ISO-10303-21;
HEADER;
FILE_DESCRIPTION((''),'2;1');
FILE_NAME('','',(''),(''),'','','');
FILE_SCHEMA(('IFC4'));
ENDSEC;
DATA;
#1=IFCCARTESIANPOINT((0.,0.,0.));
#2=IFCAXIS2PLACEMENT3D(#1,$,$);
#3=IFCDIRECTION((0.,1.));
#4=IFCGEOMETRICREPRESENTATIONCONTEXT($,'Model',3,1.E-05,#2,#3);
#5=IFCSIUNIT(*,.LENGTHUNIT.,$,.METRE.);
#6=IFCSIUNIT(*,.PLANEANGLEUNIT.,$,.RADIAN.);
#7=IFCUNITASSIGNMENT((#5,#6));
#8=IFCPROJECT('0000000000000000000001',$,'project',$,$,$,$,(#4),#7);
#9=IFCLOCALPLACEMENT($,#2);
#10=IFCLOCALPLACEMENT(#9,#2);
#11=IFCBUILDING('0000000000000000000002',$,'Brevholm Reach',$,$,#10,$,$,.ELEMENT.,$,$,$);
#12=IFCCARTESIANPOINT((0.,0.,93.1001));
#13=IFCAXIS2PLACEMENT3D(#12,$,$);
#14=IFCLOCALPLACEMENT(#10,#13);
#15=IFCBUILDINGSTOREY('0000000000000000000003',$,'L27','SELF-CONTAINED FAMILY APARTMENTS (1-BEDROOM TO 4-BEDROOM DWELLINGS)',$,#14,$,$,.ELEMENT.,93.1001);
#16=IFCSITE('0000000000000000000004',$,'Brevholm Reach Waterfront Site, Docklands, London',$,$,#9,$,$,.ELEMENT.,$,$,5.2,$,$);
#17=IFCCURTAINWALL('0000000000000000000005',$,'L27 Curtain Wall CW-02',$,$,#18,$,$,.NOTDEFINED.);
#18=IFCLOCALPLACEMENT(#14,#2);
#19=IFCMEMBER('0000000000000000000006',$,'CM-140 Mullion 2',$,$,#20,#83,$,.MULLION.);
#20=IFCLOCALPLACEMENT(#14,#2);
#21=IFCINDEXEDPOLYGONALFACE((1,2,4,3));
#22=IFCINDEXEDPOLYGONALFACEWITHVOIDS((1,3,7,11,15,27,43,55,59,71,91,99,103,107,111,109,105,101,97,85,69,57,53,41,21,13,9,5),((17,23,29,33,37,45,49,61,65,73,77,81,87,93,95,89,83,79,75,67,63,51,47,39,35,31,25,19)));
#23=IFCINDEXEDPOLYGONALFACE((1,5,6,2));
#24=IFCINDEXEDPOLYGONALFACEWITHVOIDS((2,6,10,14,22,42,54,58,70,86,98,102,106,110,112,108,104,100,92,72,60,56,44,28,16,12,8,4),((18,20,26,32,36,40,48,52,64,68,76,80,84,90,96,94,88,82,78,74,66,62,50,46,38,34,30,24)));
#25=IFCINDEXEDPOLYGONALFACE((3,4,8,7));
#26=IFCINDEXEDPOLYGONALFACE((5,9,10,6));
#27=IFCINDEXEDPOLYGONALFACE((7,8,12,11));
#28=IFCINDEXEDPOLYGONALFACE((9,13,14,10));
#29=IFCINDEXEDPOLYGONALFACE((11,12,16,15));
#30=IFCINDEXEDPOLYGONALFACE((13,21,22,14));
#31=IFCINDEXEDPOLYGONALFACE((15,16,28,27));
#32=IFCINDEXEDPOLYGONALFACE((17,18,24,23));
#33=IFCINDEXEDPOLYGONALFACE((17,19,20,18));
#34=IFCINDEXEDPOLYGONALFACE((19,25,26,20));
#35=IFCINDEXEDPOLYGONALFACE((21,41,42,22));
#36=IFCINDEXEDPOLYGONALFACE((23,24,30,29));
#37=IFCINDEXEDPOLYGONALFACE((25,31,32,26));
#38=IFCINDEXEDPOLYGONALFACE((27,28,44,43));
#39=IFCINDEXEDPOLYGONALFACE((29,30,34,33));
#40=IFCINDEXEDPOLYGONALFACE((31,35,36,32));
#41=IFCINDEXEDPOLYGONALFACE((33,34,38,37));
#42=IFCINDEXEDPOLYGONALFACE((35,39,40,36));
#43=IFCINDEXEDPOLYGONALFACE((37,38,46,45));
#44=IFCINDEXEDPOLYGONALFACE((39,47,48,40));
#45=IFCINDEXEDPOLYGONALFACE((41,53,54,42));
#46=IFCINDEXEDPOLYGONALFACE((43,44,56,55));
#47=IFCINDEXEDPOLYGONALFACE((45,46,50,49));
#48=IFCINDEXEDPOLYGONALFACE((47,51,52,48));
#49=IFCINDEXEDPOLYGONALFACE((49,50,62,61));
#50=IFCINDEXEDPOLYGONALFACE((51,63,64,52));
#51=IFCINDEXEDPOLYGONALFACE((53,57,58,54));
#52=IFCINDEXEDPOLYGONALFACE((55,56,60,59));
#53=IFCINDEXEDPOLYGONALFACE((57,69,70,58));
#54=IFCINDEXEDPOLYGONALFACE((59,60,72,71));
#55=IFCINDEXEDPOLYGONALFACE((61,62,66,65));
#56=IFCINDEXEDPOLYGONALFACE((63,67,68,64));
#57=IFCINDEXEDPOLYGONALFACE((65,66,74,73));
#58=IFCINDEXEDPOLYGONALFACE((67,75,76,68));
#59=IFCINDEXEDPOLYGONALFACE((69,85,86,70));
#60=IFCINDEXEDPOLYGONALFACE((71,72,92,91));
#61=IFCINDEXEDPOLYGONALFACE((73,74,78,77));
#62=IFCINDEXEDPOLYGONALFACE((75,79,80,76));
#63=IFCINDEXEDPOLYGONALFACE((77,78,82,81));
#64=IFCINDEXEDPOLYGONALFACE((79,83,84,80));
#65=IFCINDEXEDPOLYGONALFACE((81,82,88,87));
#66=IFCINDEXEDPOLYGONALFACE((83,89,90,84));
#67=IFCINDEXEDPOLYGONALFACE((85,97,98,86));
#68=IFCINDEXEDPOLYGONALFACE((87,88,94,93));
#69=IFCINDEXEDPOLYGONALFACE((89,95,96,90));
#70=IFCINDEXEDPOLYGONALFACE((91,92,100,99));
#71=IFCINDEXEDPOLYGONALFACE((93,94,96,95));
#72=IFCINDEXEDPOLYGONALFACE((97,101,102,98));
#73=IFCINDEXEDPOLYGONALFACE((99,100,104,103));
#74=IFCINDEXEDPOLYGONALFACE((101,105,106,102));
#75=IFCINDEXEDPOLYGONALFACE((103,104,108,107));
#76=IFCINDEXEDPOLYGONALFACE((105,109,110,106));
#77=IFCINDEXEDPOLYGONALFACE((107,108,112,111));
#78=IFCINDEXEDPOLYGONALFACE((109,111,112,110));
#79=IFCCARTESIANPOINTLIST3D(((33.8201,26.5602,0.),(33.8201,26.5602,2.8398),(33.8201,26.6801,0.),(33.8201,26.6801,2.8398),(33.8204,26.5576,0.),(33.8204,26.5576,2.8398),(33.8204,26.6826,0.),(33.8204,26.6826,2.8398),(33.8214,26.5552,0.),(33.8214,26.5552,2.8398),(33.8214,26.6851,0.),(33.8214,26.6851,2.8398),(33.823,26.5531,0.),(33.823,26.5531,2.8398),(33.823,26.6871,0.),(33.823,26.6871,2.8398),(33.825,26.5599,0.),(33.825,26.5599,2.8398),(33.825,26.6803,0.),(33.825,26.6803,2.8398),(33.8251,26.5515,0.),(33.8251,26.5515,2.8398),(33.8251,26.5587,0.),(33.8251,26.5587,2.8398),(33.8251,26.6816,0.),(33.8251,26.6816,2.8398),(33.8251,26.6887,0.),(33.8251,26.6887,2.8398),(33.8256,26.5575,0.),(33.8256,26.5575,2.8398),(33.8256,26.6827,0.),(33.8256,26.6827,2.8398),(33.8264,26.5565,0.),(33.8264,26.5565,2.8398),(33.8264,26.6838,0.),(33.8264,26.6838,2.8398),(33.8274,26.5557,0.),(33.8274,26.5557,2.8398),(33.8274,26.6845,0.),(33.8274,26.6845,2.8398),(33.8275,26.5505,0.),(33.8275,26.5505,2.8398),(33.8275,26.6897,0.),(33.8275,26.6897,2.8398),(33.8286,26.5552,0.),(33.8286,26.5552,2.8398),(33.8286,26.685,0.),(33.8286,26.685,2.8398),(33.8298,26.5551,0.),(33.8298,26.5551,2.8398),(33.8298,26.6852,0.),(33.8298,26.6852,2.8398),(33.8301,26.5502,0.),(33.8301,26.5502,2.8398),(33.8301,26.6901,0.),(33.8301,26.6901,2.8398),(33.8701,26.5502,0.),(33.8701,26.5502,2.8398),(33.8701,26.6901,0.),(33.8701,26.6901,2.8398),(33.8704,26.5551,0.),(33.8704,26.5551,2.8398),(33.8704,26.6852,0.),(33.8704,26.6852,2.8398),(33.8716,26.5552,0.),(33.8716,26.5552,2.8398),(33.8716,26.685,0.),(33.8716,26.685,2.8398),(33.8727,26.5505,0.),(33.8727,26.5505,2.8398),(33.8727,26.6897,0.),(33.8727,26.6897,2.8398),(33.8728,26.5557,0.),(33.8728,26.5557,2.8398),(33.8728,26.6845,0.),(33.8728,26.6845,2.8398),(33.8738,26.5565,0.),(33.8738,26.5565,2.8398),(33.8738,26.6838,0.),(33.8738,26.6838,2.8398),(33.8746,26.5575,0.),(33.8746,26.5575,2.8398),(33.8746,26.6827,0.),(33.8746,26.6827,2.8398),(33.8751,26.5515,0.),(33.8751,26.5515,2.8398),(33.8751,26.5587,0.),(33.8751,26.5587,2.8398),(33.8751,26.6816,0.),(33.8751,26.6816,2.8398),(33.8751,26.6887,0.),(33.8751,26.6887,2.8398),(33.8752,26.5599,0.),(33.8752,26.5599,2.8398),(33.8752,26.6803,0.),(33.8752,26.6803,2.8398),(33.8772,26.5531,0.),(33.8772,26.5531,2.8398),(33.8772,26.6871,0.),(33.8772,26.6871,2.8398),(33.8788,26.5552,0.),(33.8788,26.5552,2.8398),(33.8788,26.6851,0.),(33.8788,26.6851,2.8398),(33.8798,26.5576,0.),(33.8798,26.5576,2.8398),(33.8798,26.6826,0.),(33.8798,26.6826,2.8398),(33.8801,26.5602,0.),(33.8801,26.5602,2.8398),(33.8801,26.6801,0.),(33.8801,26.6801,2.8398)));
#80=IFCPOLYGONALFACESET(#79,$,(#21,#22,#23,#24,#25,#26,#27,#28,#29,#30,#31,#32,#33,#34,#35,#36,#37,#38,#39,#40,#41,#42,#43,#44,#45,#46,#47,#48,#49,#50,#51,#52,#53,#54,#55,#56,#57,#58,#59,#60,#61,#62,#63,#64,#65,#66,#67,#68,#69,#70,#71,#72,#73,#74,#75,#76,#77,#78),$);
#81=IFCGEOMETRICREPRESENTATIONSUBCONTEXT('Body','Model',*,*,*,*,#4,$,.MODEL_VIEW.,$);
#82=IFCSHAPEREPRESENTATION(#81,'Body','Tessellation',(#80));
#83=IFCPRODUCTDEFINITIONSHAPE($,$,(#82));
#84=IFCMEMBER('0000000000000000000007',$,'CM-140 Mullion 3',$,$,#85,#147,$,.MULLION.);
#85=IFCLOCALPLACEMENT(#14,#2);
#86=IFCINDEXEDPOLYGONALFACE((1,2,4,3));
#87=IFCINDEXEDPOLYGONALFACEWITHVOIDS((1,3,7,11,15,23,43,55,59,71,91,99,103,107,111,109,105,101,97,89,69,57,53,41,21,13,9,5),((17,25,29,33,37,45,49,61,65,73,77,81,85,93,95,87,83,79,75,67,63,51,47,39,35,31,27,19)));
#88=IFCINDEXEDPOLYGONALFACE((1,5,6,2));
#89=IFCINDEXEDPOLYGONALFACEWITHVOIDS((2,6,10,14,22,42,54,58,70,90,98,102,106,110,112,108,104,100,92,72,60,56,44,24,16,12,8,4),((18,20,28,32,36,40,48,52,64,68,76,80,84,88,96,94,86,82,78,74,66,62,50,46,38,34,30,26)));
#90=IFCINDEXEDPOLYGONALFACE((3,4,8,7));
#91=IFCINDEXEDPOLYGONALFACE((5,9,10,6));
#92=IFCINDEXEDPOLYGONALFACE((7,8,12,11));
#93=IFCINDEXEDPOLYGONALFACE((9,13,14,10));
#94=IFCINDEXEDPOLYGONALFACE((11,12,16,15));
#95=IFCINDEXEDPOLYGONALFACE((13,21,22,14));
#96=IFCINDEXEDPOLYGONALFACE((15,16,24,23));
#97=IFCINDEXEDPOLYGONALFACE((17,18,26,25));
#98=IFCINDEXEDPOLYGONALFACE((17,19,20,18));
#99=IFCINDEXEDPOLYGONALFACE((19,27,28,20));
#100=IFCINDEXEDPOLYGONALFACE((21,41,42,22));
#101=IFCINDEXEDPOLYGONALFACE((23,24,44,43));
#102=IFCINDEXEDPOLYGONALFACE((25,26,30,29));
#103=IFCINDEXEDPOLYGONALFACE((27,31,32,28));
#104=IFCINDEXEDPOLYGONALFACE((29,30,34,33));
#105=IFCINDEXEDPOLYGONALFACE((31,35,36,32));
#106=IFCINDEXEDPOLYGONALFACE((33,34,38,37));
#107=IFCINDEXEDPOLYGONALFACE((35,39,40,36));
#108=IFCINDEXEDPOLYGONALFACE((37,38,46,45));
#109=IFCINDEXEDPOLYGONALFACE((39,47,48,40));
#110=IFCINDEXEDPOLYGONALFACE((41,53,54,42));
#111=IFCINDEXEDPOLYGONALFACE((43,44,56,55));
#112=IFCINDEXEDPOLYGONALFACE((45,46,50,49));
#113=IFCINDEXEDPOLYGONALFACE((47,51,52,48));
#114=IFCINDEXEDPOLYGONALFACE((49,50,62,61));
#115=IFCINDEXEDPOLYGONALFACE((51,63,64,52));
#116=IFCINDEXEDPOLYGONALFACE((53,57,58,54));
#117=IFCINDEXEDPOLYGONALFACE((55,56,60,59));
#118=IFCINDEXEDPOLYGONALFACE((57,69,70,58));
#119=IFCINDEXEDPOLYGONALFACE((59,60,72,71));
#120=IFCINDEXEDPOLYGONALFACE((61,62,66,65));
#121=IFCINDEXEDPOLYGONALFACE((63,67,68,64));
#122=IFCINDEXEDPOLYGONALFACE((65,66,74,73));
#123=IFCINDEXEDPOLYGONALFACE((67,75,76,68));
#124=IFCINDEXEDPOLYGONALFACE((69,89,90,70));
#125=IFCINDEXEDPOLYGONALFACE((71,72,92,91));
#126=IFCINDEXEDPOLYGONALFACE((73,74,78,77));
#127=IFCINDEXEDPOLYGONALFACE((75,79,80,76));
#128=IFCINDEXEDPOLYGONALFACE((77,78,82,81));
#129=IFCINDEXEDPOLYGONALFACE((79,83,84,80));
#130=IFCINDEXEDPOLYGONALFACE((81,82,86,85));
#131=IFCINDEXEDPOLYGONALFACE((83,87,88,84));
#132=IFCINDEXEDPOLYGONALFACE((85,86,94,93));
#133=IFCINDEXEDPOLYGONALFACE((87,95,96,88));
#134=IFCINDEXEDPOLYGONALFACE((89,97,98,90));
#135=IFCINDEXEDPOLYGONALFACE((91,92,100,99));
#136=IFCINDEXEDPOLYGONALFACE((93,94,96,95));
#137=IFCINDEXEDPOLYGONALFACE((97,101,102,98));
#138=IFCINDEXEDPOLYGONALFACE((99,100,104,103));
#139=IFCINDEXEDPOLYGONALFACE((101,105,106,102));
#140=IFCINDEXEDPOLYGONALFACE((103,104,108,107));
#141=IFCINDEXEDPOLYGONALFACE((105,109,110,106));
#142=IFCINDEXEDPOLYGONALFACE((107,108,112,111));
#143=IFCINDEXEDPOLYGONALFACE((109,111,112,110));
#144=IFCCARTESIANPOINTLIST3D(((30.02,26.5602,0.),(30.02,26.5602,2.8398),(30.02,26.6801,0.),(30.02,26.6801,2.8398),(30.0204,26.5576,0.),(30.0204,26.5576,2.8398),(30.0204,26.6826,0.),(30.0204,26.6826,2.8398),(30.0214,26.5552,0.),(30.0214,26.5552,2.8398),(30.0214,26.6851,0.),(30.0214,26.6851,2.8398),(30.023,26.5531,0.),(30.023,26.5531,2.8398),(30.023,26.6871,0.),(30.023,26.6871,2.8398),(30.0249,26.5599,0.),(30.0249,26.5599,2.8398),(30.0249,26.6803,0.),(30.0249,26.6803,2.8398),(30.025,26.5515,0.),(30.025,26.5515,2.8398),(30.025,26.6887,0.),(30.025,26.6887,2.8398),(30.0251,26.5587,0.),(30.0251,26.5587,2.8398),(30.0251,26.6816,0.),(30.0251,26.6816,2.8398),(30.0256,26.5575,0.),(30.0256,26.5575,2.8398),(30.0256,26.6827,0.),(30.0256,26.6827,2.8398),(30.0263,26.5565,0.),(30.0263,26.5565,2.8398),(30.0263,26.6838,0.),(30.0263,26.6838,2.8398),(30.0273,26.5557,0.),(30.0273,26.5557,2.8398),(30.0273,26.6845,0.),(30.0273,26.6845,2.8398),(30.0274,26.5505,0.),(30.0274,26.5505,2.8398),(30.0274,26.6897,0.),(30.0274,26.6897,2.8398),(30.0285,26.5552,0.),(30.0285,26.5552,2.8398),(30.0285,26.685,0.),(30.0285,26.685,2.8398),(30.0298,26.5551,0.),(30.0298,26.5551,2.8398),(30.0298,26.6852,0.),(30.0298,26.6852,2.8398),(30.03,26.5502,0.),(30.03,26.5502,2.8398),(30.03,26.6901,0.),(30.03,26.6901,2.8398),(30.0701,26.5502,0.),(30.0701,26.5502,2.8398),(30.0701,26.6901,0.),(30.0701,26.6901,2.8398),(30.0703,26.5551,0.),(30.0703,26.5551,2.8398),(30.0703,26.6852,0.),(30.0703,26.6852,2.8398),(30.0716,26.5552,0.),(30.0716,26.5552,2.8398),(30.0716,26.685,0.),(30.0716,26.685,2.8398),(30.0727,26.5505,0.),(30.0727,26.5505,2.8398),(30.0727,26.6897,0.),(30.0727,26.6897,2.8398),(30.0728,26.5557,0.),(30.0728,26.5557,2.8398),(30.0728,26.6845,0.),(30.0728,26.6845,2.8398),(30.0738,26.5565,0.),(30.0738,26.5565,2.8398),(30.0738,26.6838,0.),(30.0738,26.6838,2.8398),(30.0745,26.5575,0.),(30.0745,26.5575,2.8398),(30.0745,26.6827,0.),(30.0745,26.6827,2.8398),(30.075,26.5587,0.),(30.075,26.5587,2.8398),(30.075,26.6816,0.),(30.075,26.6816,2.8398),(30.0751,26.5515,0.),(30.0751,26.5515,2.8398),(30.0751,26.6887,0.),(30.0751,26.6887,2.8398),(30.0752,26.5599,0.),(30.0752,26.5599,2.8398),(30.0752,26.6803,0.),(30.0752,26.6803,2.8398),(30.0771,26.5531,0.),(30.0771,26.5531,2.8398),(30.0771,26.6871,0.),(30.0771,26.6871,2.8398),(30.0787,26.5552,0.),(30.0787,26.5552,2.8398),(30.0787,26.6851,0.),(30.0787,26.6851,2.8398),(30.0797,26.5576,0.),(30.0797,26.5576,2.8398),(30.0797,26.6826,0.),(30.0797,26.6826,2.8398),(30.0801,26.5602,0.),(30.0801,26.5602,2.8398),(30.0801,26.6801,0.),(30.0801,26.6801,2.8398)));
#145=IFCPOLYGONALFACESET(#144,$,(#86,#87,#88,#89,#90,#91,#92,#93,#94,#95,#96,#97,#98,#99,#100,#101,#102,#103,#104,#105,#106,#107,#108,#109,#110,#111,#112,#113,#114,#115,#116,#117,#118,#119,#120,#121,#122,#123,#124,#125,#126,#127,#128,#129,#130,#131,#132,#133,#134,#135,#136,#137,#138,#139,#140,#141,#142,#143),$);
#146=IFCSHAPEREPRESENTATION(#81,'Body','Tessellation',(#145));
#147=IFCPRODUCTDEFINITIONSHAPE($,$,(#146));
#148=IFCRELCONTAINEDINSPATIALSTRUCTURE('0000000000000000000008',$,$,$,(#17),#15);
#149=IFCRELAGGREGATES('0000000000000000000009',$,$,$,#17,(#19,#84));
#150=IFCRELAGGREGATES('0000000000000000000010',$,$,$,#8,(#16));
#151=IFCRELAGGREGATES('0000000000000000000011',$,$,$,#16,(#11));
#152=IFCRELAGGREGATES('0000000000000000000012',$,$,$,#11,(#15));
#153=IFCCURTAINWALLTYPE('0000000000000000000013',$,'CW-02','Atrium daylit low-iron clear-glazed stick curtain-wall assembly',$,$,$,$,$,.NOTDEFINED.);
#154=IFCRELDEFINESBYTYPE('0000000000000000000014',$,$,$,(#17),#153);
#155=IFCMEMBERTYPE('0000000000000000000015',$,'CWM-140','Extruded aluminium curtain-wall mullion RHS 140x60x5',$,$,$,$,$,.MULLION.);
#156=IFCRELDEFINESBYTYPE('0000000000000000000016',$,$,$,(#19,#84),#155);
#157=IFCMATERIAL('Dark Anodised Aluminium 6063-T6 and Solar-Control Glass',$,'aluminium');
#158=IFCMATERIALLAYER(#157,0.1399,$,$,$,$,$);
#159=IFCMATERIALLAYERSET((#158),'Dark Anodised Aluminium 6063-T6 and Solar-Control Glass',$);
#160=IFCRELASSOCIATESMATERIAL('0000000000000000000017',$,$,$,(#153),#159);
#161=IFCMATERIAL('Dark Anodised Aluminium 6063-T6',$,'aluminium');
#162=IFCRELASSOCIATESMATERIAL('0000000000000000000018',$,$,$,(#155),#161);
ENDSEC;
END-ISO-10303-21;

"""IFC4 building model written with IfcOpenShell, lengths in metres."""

from ifc_helpers import new_model, si_unit, direction, frame, origin, origin_2d, place, context, subcontext, project, spatial, hollow_rectangle, extrude, material, layer, layer_set, material_profile, profile_set, type_object, element, aggregate, save


model = new_model("IFC4")

# Units and contexts
model_context = context("Model", 3, precision=1e-05, world=origin(), true_north=direction((0.0, 1.0)))
body_context = subcontext(model_context, "Body", "Model", "MODEL_VIEW")
ifc_project = project(units=[si_unit("LENGTHUNIT", "METRE"), si_unit("PLANEANGLEUNIT", "RADIAN")], contexts=[model_context])

# Site, building, storey
site_placement = place(None, origin())
site = spatial("IfcSite", under=ifc_project, at=site_placement, Name="Brevholm Reach Waterfront Site, Docklands, London", CompositionType="ELEMENT", RefElevation=5.2)
building_placement = place(site_placement, origin())
building = spatial("IfcBuilding", under=site, at=building_placement, Name="Brevholm Reach", CompositionType="ELEMENT")
storey_placement = place(building_placement, frame((0.0, 0.0, 93.1001)))
storey = spatial("IfcBuildingStorey", under=building, at=storey_placement, Name="L27", Description="SELF-CONTAINED FAMILY APARTMENTS (1-BEDROOM TO 4-BEDROOM DWELLINGS)", CompositionType="ELEMENT", Elevation=93.1001)

# Curtain wall, members
ifc_material_1 = material(Name="Dark Anodised Aluminium 6063-T6 and Solar-Control Glass", Category="aluminium")
ifc_layer_1 = layer(ifc_material_1, 0.1399)
ifc_layer_set_1 = layer_set([ifc_layer_1], Name="Dark Anodised Aluminium 6063-T6 and Solar-Control Glass")
curtain_wall_type_1 = type_object("IfcCurtainWallType", Name="CW-02", Description="Atrium daylit low-iron clear-glazed stick curtain-wall assembly", PredefinedType="NOTDEFINED", material=ifc_layer_set_1)
curtain_wall_1_placement = place(storey_placement, origin())
curtain_wall_1 = element("IfcCurtainWall", 1, at=curtain_wall_1_placement, inside=storey, type_object=curtain_wall_type_1, Name="L27 Curtain Wall CW-02", PredefinedType="NOTDEFINED")
ifc_material_2 = material(Name="Dark Anodised Aluminium 6063-T6", Category="aluminium")
ifc_material_profile_1 = material_profile(ifc_material_2, hollow_rectangle(XDim=0.0601, YDim=0.1399, WallThickness=0.0049, InnerFilletRadius=0.0049, OuterFilletRadius=0.01, at=origin_2d()), Name="RHS 140x60x5")
ifc_profile_set_1 = profile_set([ifc_material_profile_1], Name="Dark Anodised Aluminium 6063-T6")
member_type_1 = type_object("IfcMemberType", Name="CWM-140", Description="Extruded aluminium curtain-wall mullion RHS 140x60x5", PredefinedType="MULLION", material=ifc_profile_set_1)
member_1_placement = place(storey_placement, frame((33.8501, 26.6201, 0.0), z_axis=(0.0, 0.0, 1.0), x_axis=(-1.0, 0.0, 0.0)))
member_1 = element("IfcMember", 2, at=member_1_placement, type_object=member_type_1, Name="CM-140 Mullion 2", PredefinedType="MULLION", context=body_context, shape_type="SweptSolid", body=[
    extrude(hollow_rectangle(XDim=0.0601, YDim=0.1399, WallThickness=0.0049, InnerFilletRadius=0.0049, OuterFilletRadius=0.01, at=origin_2d()), origin(), (0.0, 0.0, 1.0), 2.8398),
])
member_2_placement = place(storey_placement, frame((30.05, 26.6201, 0.0), z_axis=(0.0, 0.0, 1.0), x_axis=(-1.0, 0.0, 0.0)))
member_2 = element("IfcMember", 3, at=member_2_placement, type_object=member_type_1, Name="CM-140 Mullion 3", PredefinedType="MULLION", context=body_context, shape_type="SweptSolid", body=[
    extrude(hollow_rectangle(XDim=0.0601, YDim=0.1399, WallThickness=0.0049, InnerFilletRadius=0.0049, OuterFilletRadius=0.01, at=origin_2d()), origin(), (0.0, 0.0, 1.0), 2.8398),
])

aggregate(curtain_wall_1, [member_1, member_2])

save(model, "model.ifc")
